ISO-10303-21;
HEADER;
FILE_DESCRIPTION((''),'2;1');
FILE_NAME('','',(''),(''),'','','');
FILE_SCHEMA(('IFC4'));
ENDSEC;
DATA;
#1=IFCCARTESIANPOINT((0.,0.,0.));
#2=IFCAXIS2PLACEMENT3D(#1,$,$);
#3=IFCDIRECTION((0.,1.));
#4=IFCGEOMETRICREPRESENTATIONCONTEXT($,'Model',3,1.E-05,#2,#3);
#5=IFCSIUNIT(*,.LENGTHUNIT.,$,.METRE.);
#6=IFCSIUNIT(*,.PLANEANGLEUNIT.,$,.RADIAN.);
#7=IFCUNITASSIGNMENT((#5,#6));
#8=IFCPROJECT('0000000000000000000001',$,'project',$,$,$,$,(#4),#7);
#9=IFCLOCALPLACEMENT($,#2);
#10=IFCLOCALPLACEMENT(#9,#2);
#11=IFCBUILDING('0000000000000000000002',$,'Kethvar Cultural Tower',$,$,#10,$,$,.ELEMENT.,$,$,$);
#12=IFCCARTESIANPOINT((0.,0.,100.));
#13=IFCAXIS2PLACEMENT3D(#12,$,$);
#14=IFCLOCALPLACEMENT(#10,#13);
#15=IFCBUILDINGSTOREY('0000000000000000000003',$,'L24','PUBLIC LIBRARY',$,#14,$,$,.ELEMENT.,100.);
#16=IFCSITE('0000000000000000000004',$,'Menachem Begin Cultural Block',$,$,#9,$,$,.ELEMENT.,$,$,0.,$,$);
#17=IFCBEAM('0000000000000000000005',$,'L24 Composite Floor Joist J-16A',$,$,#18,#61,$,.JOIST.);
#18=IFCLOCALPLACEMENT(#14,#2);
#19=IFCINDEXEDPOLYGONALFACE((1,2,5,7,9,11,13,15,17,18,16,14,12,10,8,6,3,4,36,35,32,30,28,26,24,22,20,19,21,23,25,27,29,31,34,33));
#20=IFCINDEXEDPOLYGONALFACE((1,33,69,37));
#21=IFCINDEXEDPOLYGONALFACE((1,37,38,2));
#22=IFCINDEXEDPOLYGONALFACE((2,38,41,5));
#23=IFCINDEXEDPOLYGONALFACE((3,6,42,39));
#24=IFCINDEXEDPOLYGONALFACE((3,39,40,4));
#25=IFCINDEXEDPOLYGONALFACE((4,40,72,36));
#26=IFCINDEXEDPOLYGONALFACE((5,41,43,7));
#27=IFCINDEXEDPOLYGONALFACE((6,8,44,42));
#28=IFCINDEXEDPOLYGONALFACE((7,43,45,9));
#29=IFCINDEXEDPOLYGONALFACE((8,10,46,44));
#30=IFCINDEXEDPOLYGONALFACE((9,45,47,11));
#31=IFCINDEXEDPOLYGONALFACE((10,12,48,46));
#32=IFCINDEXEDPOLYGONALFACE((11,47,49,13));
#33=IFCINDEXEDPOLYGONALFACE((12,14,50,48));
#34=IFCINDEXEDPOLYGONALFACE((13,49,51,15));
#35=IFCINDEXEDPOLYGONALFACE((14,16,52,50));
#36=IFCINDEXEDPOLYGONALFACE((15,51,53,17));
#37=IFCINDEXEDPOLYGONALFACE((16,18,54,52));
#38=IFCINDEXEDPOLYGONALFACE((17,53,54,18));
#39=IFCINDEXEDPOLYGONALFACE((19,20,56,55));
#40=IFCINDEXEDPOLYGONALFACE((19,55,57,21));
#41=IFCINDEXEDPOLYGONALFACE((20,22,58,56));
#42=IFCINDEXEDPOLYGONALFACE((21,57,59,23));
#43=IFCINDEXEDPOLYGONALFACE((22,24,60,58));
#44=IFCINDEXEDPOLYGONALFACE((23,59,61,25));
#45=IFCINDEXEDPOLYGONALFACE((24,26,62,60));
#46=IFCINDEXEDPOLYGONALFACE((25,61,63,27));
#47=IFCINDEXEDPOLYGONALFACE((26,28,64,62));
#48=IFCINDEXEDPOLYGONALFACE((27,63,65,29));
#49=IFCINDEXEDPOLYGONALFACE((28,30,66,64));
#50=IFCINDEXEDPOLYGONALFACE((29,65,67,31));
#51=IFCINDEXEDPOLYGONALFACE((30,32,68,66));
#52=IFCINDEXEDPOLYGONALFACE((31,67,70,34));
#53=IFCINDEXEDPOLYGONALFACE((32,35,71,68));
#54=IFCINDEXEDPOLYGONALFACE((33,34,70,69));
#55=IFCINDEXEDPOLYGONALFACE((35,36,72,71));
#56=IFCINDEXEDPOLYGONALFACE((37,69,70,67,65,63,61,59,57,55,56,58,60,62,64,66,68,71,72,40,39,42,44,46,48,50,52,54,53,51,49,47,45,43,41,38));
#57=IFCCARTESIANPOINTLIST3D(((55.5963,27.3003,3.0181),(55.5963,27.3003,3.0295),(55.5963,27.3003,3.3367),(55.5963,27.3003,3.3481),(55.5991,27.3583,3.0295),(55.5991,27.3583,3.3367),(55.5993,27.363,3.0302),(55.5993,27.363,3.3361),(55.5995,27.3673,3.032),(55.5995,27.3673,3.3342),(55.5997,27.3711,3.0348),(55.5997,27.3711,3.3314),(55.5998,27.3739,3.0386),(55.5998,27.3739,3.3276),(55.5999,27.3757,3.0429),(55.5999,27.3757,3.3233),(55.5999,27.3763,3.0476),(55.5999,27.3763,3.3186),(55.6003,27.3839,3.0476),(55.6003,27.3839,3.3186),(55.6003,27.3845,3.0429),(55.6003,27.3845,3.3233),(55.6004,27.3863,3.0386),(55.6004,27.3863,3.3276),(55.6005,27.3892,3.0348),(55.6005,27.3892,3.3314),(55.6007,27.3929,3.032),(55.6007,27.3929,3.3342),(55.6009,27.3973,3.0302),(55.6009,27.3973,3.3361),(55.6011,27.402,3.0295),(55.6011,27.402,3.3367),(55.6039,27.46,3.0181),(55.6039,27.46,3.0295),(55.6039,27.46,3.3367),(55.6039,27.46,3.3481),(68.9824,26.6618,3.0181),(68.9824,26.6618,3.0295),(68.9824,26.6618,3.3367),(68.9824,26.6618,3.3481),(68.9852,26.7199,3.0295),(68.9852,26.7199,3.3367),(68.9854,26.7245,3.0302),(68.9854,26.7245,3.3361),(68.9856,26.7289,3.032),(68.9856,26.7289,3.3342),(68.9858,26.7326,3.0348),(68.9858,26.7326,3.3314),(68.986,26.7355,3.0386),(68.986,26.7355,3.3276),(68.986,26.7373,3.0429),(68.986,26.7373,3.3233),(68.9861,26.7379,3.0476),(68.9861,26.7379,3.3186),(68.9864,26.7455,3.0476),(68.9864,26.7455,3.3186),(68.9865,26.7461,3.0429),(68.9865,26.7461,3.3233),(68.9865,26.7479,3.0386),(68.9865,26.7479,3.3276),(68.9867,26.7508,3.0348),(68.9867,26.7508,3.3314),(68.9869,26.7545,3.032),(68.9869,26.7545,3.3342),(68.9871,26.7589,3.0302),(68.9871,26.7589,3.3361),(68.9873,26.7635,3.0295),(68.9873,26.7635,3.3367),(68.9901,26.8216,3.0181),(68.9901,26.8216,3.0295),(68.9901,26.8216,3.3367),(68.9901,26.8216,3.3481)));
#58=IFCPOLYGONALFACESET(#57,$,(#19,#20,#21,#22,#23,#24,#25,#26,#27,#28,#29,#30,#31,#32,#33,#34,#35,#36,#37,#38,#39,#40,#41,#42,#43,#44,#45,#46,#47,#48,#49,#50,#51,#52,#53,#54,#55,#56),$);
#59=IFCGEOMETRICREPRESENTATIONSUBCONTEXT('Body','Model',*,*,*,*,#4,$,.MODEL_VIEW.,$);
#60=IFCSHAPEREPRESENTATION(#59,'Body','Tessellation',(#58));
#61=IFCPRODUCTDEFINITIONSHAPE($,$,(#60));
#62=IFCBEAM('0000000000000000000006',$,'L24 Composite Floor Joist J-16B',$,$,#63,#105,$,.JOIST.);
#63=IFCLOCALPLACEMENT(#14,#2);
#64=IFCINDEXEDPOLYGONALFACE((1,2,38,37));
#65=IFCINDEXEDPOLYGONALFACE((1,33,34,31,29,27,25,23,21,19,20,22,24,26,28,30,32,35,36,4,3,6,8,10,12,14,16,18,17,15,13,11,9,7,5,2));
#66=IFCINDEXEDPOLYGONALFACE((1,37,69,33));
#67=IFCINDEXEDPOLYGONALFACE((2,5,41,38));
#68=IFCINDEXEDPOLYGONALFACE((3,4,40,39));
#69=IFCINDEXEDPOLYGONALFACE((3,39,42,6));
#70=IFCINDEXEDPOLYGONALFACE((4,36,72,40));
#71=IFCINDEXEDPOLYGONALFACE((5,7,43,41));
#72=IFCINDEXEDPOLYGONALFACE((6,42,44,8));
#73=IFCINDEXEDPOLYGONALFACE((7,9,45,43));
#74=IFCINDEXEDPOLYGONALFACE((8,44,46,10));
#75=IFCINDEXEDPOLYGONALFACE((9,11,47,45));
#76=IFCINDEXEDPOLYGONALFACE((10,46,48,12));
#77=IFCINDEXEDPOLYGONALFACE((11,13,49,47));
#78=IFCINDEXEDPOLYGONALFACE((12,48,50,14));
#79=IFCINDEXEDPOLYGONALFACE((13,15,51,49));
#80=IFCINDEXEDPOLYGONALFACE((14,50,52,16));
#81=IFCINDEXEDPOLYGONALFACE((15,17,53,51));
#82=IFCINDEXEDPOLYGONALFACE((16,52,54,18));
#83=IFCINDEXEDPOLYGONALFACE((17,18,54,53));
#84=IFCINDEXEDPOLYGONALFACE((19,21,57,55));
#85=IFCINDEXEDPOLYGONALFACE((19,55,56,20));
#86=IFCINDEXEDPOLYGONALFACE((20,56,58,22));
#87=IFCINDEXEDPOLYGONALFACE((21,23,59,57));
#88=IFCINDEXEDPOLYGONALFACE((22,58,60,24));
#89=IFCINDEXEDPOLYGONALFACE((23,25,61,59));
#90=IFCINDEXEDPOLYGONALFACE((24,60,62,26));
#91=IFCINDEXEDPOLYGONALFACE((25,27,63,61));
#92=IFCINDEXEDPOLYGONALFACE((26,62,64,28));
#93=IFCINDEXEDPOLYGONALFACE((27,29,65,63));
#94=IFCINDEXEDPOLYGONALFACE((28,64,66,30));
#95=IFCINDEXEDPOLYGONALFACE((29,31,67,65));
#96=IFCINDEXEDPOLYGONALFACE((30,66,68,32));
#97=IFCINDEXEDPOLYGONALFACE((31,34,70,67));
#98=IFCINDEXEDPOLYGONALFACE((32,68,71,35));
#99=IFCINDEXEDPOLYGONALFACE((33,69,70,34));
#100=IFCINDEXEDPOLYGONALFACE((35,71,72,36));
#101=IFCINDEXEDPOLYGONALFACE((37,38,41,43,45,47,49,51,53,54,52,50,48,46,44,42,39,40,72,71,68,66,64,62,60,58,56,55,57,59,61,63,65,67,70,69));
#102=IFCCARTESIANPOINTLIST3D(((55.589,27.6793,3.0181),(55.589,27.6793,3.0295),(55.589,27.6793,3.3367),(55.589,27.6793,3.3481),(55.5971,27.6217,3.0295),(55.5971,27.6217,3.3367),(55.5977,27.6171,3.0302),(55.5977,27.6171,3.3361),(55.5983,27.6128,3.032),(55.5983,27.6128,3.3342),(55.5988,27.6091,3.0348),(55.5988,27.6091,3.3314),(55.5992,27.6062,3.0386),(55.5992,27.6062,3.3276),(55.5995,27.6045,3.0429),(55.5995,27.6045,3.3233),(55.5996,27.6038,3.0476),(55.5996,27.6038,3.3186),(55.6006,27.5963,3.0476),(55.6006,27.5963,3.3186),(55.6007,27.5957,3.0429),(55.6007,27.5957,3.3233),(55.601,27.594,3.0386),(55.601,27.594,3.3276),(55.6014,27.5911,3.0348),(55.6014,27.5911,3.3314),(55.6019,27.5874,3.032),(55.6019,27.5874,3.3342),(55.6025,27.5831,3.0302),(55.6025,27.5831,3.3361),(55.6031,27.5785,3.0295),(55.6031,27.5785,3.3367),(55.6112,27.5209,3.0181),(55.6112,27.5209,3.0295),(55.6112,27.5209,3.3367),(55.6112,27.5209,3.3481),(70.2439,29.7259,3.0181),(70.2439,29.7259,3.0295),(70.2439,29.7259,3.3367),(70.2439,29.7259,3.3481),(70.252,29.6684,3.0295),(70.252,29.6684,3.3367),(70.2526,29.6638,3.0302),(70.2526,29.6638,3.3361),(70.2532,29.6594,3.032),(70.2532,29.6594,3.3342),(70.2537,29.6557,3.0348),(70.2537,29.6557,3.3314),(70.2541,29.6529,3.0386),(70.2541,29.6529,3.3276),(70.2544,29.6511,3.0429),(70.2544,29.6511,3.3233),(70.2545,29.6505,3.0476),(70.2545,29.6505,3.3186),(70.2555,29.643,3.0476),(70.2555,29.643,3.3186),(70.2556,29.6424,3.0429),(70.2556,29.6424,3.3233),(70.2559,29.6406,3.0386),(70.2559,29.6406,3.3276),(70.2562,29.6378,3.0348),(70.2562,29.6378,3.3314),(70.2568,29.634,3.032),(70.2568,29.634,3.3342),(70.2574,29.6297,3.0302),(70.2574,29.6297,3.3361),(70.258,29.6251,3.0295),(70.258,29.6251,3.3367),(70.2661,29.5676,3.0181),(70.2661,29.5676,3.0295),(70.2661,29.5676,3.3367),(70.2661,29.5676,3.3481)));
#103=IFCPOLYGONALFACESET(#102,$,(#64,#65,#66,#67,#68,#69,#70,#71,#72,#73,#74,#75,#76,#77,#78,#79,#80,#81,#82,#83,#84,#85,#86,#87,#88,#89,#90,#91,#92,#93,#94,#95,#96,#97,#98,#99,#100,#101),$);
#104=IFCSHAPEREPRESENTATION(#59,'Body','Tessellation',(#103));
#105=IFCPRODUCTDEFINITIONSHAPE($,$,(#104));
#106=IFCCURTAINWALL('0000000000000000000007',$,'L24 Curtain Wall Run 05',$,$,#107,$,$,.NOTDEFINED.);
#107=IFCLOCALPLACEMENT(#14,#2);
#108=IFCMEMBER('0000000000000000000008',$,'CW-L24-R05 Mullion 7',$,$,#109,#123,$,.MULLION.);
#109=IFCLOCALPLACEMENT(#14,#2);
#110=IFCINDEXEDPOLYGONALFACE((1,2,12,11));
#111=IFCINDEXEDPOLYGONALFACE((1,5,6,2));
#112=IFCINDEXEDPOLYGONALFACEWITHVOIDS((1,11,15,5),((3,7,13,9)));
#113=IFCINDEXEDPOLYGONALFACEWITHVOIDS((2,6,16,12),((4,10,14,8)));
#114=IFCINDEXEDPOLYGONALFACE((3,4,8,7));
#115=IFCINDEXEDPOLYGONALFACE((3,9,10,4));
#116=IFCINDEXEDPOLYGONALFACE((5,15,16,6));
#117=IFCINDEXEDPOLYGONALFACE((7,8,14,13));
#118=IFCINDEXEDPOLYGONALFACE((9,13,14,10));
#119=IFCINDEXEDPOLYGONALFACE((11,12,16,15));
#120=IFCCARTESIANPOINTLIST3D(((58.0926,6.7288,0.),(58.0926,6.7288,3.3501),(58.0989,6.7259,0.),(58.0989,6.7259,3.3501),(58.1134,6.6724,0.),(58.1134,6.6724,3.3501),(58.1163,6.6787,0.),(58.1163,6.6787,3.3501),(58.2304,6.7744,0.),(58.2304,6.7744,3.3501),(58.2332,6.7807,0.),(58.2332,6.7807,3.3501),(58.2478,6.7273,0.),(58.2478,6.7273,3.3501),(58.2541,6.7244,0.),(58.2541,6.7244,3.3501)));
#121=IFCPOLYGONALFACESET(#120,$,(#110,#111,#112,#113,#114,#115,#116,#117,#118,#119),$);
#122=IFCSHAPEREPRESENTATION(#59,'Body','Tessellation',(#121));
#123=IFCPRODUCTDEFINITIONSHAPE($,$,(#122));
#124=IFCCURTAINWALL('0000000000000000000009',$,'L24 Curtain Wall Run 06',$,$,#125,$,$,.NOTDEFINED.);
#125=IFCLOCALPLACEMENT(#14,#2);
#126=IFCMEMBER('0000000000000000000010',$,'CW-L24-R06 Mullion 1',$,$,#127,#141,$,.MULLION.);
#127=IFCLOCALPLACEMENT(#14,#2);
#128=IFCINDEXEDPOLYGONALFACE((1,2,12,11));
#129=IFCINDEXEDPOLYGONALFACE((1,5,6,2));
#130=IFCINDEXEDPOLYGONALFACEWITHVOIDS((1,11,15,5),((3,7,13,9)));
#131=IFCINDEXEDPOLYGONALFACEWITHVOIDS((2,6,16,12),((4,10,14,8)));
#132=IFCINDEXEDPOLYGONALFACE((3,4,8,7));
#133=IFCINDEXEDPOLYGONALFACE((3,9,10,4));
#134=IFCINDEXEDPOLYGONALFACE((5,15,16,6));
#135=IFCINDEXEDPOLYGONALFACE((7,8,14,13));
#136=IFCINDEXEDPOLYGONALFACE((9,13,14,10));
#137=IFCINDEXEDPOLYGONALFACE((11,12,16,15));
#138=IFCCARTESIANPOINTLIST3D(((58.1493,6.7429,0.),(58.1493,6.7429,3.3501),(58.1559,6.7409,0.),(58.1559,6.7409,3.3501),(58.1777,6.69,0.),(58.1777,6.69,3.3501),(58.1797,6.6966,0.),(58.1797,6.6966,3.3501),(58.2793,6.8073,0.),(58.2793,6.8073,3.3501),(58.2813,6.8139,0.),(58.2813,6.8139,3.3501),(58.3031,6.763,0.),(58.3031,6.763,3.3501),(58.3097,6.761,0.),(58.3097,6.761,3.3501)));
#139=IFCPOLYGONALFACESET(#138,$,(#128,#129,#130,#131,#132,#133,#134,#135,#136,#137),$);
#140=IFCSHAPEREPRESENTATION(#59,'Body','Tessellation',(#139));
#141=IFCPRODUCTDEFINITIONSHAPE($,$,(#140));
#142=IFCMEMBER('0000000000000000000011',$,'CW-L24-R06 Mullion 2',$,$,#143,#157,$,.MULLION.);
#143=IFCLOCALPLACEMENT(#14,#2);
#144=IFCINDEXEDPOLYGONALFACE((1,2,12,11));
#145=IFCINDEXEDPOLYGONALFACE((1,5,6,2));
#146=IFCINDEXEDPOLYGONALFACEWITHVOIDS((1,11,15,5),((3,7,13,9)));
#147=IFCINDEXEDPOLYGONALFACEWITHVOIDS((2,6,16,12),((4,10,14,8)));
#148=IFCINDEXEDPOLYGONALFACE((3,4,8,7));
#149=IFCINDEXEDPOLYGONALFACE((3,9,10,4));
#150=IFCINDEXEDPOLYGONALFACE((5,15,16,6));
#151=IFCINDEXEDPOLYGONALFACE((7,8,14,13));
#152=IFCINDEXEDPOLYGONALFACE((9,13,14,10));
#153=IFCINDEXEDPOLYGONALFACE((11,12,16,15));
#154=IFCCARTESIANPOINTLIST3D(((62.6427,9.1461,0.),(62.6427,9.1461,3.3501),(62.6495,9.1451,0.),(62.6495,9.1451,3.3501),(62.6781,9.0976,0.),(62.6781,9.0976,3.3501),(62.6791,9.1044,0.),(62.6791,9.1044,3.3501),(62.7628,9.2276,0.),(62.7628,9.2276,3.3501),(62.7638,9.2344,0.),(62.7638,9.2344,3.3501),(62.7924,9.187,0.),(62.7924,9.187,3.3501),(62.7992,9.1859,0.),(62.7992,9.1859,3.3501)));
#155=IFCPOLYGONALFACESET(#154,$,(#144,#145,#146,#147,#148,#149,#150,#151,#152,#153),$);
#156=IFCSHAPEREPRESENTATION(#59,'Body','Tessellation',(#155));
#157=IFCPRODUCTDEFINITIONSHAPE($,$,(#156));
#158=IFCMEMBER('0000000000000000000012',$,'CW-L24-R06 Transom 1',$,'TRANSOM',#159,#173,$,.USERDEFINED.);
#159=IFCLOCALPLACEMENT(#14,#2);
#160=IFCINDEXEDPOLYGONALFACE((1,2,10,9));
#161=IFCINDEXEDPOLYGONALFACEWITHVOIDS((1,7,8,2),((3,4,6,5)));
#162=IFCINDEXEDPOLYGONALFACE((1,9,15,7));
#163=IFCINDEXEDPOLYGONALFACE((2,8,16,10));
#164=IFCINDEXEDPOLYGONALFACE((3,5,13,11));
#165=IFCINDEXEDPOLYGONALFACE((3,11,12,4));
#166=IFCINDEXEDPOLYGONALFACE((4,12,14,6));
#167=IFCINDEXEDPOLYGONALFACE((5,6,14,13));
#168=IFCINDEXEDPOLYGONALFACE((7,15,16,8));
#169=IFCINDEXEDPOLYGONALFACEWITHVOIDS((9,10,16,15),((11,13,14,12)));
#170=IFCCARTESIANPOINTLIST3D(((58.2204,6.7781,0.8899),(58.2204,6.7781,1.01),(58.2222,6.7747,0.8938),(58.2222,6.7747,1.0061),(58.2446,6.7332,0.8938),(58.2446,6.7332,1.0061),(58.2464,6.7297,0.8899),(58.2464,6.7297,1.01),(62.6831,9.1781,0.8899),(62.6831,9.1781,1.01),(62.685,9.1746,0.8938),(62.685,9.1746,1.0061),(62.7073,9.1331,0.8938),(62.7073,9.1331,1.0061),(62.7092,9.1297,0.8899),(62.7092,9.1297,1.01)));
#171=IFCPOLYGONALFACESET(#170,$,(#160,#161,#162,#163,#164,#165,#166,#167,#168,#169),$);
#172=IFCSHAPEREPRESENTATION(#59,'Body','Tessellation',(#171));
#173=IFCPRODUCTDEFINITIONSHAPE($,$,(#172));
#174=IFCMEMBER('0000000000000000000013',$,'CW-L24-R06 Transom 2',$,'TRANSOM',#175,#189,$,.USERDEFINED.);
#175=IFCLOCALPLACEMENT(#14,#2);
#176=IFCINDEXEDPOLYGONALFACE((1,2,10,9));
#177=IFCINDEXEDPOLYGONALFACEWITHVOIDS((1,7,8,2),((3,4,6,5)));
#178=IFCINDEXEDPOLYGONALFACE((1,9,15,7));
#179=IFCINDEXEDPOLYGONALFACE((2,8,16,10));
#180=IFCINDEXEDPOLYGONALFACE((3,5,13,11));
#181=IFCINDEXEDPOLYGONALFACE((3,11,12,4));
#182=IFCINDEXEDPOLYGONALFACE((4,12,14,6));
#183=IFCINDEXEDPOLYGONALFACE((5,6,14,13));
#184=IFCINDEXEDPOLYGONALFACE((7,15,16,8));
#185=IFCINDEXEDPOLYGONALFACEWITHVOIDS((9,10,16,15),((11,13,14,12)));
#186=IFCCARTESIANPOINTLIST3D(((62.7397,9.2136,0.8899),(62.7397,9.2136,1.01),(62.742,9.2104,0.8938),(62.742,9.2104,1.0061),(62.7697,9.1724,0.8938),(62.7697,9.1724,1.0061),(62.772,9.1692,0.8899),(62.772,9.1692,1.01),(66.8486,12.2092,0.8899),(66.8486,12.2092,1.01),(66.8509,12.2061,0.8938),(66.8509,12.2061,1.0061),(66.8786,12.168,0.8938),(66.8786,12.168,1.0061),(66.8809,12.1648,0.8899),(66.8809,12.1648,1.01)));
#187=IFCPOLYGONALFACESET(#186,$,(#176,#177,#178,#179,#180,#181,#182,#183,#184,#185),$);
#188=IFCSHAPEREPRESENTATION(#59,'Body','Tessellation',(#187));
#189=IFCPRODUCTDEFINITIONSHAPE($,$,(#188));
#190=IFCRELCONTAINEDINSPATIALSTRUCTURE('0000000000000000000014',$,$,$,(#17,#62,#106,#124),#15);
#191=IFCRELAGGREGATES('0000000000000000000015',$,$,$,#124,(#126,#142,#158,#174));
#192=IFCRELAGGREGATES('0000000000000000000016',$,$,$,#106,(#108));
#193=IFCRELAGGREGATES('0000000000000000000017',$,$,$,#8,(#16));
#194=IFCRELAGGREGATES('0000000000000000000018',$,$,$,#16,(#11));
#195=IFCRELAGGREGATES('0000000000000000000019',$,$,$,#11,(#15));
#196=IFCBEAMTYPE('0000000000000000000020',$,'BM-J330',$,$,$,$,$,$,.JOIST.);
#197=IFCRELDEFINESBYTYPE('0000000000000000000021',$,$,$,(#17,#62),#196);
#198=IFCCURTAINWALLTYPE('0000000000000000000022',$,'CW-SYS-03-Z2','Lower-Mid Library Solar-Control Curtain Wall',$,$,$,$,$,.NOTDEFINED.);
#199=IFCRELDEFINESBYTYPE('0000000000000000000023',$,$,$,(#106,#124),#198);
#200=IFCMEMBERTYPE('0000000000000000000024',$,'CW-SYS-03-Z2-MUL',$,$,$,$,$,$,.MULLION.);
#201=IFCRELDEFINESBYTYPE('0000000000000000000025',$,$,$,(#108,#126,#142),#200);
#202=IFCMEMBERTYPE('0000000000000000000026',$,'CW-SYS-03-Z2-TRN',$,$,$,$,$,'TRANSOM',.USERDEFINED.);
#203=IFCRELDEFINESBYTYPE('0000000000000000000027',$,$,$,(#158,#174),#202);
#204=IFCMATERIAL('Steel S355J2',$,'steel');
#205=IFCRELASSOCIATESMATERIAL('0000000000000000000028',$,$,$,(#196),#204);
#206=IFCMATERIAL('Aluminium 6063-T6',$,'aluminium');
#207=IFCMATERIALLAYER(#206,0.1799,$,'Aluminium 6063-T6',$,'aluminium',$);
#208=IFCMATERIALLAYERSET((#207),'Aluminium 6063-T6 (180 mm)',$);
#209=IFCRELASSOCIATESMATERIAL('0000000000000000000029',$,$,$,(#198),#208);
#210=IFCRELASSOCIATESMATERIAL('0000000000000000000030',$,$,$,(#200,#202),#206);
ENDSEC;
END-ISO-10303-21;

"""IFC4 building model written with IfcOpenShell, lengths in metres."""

from ifc_helpers import new_model, si_unit, direction, frame, origin, origin_2d, place, context, subcontext, project, spatial, hollow_rectangle, i_section, extrude, source, transform, mapped, material, layer, layer_set, material_profile, profile_set, type_object, element, aggregate, save


model = new_model("IFC4")

# Units and contexts
model_context = context("Model", 3, precision=1e-05, world=origin(), true_north=direction((0.0, 1.0)))
body_context = subcontext(model_context, "Body", "Model", "MODEL_VIEW")
ifc_project = project(units=[si_unit("LENGTHUNIT", "METRE"), si_unit("PLANEANGLEUNIT", "RADIAN")], contexts=[model_context])

# Site, building, storey
site_placement = place(None, origin())
site = spatial("IfcSite", under=ifc_project, at=site_placement, Name="Menachem Begin Cultural Block", CompositionType="ELEMENT", RefElevation=0.0)
building_placement = place(site_placement, origin())
building = spatial("IfcBuilding", under=site, at=building_placement, Name="Kethvar Cultural Tower", CompositionType="ELEMENT")
storey_placement = place(building_placement, frame((0.0, 0.0, 100.0)))
storey = spatial("IfcBuildingStorey", under=building, at=storey_placement, Name="L24", Description="PUBLIC LIBRARY", CompositionType="ELEMENT", Elevation=100.0)

# Beams
ifc_material_1 = material(Name="Steel S355J2", Category="steel")
ifc_material_profile_1 = material_profile(ifc_material_1, i_section(OverallWidth=0.1599, OverallDepth=0.3301, WebThickness=0.0076, FlangeThickness=0.0115, FilletRadius=0.0181, at=origin_2d()), Name="Steel S355J2 — IPE330")
ifc_profile_set_1 = profile_set([ifc_material_profile_1], Name="Steel S355J2 — IPE330")
beam_type_1 = type_object("IfcBeamType", Name="BM-J330", PredefinedType="JOIST", material=ifc_profile_set_1)
shared_shape_1 = source(origin(), body_context, "Body", "SweptSolid", [
    extrude(i_section(OverallWidth=0.1599, OverallDepth=0.3301, WebThickness=0.0076, FlangeThickness=0.0115, FilletRadius=0.0181, at=origin_2d()), origin(), (0.0, 0.0, 1.0), 13.4014),
])
beam_1_placement = place(storey_placement, frame((55.6001, 27.3801, 3.1831), z_axis=(0.998865, -0.047639, 0.0), x_axis=(0.047639, 0.998865, 0.0)))
element("IfcBeam", 1, at=beam_1_placement, inside=storey, type_object=beam_type_1, Name="L24 Composite Floor Joist J-16A", PredefinedType="JOIST", context=body_context, shape_type="MappedRepresentation", body=[
    mapped(shared_shape_1, transform((0.0, 0.0, 0.0), scale=1.0)),
])
shared_shape_2 = source(origin(), body_context, "Body", "SweptSolid", [
    extrude(i_section(OverallWidth=0.1599, OverallDepth=0.3301, WebThickness=0.0076, FlangeThickness=0.0115, FilletRadius=0.0181, at=origin_2d()), origin(), (0.0, 0.0, 1.0), 14.7971),
])
beam_2_placement = place(storey_placement, frame((55.6001, 27.6001, 3.1831), z_axis=(0.990388, 0.138314, 0.0), x_axis=(-0.138314, 0.990388, 0.0)))
element("IfcBeam", 2, at=beam_2_placement, inside=storey, type_object=beam_type_1, Name="L24 Composite Floor Joist J-16B", PredefinedType="JOIST", context=body_context, shape_type="MappedRepresentation", body=[
    mapped(shared_shape_2, transform((0.0, 0.0, 0.0), scale=1.0)),
])

# Curtain wall, member
ifc_material_2 = material(Name="Aluminium 6063-T6", Category="aluminium")
ifc_layer_1 = layer(ifc_material_2, 0.1799, Name="Aluminium 6063-T6", Category="aluminium")
ifc_layer_set_1 = layer_set([ifc_layer_1], Name="Aluminium 6063-T6 (180 mm)")
curtain_wall_type = type_object("IfcCurtainWallType", Name="CW-SYS-03-Z2", Description="Lower-Mid Library Solar-Control Curtain Wall", PredefinedType="NOTDEFINED", material=ifc_layer_set_1)
curtain_wall_1_placement = place(storey_placement, origin())
curtain_wall_1 = element("IfcCurtainWall", 3, at=curtain_wall_1_placement, inside=storey, type_object=curtain_wall_type, Name="L24 Curtain Wall Run 05", PredefinedType="NOTDEFINED")
ifc_material_profile_2 = material_profile(ifc_material_2, hollow_rectangle(XDim=0.0601, YDim=0.1499, WallThickness=0.0049, at=origin_2d()), Name="Aluminium 6063-T6 — RHS150x60x5")
ifc_profile_set_2 = profile_set([ifc_material_profile_2], Name="Aluminium 6063-T6 — RHS150x60x5")
member_type_1 = type_object("IfcMemberType", Name="CW-SYS-03-Z2-MUL", PredefinedType="MULLION", material=ifc_profile_set_2)
shared_shape_3 = source(origin(), body_context, "Body", "SweptSolid", [
    extrude(hollow_rectangle(XDim=0.0601, YDim=0.1499, WallThickness=0.0049, at=origin_2d()), origin(), (0.0, 0.0, 1.0), 3.3501),
])
member_1_placement = place(storey_placement, frame((58.1733, 6.7266, 0.0), z_axis=(0.0, 0.0, 1.0), x_axis=(-0.346576, 0.938022, 0.0)))
member_1 = element("IfcMember", 4, at=member_1_placement, type_object=member_type_1, Name="CW-L24-R05 Mullion 7", PredefinedType="MULLION", context=body_context, shape_type="MappedRepresentation", body=[
    mapped(shared_shape_3, transform((0.0, 0.0, 0.0), scale=1.0)),
])

# Curtain wall, members
curtain_wall_2_placement = place(storey_placement, origin())
curtain_wall_2 = element("IfcCurtainWall", 5, at=curtain_wall_2_placement, inside=storey, type_object=curtain_wall_type, Name="L24 Curtain Wall Run 06", PredefinedType="NOTDEFINED")
member_2_placement = place(storey_placement, frame((58.2295, 6.752, 0.0), z_axis=(0.0, 0.0, 1.0), x_axis=(-0.473612, 0.880734, 0.0)))
member_2 = element("IfcMember", 6, at=member_2_placement, type_object=member_type_1, Name="CW-L24-R06 Mullion 1", PredefinedType="MULLION", context=body_context, shape_type="MappedRepresentation", body=[
    mapped(shared_shape_3, transform((0.0, 0.0, 0.0), scale=1.0)),
])
member_3_placement = place(storey_placement, frame((62.7209, 9.166, 0.0), z_axis=(0.0, 0.0, 1.0), x_axis=(-0.589084, 0.808072, 0.0)))
member_3 = element("IfcMember", 7, at=member_3_placement, type_object=member_type_1, Name="CW-L24-R06 Mullion 2", PredefinedType="MULLION", context=body_context, shape_type="MappedRepresentation", body=[
    mapped(shared_shape_3, transform((0.0, 0.0, 0.0), scale=1.0)),
])
ifc_material_profile_3 = material_profile(ifc_material_2, hollow_rectangle(XDim=0.0549, YDim=0.1201, WallThickness=0.0039, at=origin_2d()), Name="Aluminium 6063-T6 — RHS120x55x4")
ifc_profile_set_3 = profile_set([ifc_material_profile_3], Name="Aluminium 6063-T6 — RHS120x55x4")
member_type_2 = type_object("IfcMemberType", Name="CW-SYS-03-Z2-TRN", ElementType="TRANSOM", PredefinedType="USERDEFINED", material=ifc_profile_set_3)
shared_shape_4 = source(origin(), body_context, "Body", "SweptSolid", [
    extrude(hollow_rectangle(XDim=0.0549, YDim=0.1201, WallThickness=0.0039, at=origin_2d()), origin(), (0.0, 0.0, 1.0), 5.0671),
])
member_4_placement = place(storey_placement, frame((58.2334, 6.7539, 0.95), z_axis=(0.880723, 0.473631, 0.0), x_axis=(-0.473631, 0.880723, 0.0)))
member_4 = element("IfcMember", 8, at=member_4_placement, type_object=member_type_2, Name="CW-L24-R06 Transom 1", ObjectType="TRANSOM", PredefinedType="USERDEFINED", context=body_context, shape_type="MappedRepresentation", body=[
    mapped(shared_shape_4, transform((0.0, 0.0, 0.0), scale=1.0)),
])
shared_shape_5 = source(origin(), body_context, "Body", "SweptSolid", [
    extrude(hollow_rectangle(XDim=0.0549, YDim=0.1201, WallThickness=0.0039, at=origin_2d()), origin(), (0.0, 0.0, 1.0), 5.085),
])
member_5_placement = place(storey_placement, frame((62.7559, 9.1914, 0.95), z_axis=(0.80805, 0.589113, 0.0), x_axis=(-0.589113, 0.80805, 0.0)))
member_5 = element("IfcMember", 9, at=member_5_placement, type_object=member_type_2, Name="CW-L24-R06 Transom 2", ObjectType="TRANSOM", PredefinedType="USERDEFINED", context=body_context, shape_type="MappedRepresentation", body=[
    mapped(shared_shape_5, transform((0.0, 0.0, 0.0), scale=1.0)),
])
aggregate(curtain_wall_2, [member_2, member_3, member_4, member_5])

aggregate(curtain_wall_1, [member_1])

save(model, "model.ifc")
